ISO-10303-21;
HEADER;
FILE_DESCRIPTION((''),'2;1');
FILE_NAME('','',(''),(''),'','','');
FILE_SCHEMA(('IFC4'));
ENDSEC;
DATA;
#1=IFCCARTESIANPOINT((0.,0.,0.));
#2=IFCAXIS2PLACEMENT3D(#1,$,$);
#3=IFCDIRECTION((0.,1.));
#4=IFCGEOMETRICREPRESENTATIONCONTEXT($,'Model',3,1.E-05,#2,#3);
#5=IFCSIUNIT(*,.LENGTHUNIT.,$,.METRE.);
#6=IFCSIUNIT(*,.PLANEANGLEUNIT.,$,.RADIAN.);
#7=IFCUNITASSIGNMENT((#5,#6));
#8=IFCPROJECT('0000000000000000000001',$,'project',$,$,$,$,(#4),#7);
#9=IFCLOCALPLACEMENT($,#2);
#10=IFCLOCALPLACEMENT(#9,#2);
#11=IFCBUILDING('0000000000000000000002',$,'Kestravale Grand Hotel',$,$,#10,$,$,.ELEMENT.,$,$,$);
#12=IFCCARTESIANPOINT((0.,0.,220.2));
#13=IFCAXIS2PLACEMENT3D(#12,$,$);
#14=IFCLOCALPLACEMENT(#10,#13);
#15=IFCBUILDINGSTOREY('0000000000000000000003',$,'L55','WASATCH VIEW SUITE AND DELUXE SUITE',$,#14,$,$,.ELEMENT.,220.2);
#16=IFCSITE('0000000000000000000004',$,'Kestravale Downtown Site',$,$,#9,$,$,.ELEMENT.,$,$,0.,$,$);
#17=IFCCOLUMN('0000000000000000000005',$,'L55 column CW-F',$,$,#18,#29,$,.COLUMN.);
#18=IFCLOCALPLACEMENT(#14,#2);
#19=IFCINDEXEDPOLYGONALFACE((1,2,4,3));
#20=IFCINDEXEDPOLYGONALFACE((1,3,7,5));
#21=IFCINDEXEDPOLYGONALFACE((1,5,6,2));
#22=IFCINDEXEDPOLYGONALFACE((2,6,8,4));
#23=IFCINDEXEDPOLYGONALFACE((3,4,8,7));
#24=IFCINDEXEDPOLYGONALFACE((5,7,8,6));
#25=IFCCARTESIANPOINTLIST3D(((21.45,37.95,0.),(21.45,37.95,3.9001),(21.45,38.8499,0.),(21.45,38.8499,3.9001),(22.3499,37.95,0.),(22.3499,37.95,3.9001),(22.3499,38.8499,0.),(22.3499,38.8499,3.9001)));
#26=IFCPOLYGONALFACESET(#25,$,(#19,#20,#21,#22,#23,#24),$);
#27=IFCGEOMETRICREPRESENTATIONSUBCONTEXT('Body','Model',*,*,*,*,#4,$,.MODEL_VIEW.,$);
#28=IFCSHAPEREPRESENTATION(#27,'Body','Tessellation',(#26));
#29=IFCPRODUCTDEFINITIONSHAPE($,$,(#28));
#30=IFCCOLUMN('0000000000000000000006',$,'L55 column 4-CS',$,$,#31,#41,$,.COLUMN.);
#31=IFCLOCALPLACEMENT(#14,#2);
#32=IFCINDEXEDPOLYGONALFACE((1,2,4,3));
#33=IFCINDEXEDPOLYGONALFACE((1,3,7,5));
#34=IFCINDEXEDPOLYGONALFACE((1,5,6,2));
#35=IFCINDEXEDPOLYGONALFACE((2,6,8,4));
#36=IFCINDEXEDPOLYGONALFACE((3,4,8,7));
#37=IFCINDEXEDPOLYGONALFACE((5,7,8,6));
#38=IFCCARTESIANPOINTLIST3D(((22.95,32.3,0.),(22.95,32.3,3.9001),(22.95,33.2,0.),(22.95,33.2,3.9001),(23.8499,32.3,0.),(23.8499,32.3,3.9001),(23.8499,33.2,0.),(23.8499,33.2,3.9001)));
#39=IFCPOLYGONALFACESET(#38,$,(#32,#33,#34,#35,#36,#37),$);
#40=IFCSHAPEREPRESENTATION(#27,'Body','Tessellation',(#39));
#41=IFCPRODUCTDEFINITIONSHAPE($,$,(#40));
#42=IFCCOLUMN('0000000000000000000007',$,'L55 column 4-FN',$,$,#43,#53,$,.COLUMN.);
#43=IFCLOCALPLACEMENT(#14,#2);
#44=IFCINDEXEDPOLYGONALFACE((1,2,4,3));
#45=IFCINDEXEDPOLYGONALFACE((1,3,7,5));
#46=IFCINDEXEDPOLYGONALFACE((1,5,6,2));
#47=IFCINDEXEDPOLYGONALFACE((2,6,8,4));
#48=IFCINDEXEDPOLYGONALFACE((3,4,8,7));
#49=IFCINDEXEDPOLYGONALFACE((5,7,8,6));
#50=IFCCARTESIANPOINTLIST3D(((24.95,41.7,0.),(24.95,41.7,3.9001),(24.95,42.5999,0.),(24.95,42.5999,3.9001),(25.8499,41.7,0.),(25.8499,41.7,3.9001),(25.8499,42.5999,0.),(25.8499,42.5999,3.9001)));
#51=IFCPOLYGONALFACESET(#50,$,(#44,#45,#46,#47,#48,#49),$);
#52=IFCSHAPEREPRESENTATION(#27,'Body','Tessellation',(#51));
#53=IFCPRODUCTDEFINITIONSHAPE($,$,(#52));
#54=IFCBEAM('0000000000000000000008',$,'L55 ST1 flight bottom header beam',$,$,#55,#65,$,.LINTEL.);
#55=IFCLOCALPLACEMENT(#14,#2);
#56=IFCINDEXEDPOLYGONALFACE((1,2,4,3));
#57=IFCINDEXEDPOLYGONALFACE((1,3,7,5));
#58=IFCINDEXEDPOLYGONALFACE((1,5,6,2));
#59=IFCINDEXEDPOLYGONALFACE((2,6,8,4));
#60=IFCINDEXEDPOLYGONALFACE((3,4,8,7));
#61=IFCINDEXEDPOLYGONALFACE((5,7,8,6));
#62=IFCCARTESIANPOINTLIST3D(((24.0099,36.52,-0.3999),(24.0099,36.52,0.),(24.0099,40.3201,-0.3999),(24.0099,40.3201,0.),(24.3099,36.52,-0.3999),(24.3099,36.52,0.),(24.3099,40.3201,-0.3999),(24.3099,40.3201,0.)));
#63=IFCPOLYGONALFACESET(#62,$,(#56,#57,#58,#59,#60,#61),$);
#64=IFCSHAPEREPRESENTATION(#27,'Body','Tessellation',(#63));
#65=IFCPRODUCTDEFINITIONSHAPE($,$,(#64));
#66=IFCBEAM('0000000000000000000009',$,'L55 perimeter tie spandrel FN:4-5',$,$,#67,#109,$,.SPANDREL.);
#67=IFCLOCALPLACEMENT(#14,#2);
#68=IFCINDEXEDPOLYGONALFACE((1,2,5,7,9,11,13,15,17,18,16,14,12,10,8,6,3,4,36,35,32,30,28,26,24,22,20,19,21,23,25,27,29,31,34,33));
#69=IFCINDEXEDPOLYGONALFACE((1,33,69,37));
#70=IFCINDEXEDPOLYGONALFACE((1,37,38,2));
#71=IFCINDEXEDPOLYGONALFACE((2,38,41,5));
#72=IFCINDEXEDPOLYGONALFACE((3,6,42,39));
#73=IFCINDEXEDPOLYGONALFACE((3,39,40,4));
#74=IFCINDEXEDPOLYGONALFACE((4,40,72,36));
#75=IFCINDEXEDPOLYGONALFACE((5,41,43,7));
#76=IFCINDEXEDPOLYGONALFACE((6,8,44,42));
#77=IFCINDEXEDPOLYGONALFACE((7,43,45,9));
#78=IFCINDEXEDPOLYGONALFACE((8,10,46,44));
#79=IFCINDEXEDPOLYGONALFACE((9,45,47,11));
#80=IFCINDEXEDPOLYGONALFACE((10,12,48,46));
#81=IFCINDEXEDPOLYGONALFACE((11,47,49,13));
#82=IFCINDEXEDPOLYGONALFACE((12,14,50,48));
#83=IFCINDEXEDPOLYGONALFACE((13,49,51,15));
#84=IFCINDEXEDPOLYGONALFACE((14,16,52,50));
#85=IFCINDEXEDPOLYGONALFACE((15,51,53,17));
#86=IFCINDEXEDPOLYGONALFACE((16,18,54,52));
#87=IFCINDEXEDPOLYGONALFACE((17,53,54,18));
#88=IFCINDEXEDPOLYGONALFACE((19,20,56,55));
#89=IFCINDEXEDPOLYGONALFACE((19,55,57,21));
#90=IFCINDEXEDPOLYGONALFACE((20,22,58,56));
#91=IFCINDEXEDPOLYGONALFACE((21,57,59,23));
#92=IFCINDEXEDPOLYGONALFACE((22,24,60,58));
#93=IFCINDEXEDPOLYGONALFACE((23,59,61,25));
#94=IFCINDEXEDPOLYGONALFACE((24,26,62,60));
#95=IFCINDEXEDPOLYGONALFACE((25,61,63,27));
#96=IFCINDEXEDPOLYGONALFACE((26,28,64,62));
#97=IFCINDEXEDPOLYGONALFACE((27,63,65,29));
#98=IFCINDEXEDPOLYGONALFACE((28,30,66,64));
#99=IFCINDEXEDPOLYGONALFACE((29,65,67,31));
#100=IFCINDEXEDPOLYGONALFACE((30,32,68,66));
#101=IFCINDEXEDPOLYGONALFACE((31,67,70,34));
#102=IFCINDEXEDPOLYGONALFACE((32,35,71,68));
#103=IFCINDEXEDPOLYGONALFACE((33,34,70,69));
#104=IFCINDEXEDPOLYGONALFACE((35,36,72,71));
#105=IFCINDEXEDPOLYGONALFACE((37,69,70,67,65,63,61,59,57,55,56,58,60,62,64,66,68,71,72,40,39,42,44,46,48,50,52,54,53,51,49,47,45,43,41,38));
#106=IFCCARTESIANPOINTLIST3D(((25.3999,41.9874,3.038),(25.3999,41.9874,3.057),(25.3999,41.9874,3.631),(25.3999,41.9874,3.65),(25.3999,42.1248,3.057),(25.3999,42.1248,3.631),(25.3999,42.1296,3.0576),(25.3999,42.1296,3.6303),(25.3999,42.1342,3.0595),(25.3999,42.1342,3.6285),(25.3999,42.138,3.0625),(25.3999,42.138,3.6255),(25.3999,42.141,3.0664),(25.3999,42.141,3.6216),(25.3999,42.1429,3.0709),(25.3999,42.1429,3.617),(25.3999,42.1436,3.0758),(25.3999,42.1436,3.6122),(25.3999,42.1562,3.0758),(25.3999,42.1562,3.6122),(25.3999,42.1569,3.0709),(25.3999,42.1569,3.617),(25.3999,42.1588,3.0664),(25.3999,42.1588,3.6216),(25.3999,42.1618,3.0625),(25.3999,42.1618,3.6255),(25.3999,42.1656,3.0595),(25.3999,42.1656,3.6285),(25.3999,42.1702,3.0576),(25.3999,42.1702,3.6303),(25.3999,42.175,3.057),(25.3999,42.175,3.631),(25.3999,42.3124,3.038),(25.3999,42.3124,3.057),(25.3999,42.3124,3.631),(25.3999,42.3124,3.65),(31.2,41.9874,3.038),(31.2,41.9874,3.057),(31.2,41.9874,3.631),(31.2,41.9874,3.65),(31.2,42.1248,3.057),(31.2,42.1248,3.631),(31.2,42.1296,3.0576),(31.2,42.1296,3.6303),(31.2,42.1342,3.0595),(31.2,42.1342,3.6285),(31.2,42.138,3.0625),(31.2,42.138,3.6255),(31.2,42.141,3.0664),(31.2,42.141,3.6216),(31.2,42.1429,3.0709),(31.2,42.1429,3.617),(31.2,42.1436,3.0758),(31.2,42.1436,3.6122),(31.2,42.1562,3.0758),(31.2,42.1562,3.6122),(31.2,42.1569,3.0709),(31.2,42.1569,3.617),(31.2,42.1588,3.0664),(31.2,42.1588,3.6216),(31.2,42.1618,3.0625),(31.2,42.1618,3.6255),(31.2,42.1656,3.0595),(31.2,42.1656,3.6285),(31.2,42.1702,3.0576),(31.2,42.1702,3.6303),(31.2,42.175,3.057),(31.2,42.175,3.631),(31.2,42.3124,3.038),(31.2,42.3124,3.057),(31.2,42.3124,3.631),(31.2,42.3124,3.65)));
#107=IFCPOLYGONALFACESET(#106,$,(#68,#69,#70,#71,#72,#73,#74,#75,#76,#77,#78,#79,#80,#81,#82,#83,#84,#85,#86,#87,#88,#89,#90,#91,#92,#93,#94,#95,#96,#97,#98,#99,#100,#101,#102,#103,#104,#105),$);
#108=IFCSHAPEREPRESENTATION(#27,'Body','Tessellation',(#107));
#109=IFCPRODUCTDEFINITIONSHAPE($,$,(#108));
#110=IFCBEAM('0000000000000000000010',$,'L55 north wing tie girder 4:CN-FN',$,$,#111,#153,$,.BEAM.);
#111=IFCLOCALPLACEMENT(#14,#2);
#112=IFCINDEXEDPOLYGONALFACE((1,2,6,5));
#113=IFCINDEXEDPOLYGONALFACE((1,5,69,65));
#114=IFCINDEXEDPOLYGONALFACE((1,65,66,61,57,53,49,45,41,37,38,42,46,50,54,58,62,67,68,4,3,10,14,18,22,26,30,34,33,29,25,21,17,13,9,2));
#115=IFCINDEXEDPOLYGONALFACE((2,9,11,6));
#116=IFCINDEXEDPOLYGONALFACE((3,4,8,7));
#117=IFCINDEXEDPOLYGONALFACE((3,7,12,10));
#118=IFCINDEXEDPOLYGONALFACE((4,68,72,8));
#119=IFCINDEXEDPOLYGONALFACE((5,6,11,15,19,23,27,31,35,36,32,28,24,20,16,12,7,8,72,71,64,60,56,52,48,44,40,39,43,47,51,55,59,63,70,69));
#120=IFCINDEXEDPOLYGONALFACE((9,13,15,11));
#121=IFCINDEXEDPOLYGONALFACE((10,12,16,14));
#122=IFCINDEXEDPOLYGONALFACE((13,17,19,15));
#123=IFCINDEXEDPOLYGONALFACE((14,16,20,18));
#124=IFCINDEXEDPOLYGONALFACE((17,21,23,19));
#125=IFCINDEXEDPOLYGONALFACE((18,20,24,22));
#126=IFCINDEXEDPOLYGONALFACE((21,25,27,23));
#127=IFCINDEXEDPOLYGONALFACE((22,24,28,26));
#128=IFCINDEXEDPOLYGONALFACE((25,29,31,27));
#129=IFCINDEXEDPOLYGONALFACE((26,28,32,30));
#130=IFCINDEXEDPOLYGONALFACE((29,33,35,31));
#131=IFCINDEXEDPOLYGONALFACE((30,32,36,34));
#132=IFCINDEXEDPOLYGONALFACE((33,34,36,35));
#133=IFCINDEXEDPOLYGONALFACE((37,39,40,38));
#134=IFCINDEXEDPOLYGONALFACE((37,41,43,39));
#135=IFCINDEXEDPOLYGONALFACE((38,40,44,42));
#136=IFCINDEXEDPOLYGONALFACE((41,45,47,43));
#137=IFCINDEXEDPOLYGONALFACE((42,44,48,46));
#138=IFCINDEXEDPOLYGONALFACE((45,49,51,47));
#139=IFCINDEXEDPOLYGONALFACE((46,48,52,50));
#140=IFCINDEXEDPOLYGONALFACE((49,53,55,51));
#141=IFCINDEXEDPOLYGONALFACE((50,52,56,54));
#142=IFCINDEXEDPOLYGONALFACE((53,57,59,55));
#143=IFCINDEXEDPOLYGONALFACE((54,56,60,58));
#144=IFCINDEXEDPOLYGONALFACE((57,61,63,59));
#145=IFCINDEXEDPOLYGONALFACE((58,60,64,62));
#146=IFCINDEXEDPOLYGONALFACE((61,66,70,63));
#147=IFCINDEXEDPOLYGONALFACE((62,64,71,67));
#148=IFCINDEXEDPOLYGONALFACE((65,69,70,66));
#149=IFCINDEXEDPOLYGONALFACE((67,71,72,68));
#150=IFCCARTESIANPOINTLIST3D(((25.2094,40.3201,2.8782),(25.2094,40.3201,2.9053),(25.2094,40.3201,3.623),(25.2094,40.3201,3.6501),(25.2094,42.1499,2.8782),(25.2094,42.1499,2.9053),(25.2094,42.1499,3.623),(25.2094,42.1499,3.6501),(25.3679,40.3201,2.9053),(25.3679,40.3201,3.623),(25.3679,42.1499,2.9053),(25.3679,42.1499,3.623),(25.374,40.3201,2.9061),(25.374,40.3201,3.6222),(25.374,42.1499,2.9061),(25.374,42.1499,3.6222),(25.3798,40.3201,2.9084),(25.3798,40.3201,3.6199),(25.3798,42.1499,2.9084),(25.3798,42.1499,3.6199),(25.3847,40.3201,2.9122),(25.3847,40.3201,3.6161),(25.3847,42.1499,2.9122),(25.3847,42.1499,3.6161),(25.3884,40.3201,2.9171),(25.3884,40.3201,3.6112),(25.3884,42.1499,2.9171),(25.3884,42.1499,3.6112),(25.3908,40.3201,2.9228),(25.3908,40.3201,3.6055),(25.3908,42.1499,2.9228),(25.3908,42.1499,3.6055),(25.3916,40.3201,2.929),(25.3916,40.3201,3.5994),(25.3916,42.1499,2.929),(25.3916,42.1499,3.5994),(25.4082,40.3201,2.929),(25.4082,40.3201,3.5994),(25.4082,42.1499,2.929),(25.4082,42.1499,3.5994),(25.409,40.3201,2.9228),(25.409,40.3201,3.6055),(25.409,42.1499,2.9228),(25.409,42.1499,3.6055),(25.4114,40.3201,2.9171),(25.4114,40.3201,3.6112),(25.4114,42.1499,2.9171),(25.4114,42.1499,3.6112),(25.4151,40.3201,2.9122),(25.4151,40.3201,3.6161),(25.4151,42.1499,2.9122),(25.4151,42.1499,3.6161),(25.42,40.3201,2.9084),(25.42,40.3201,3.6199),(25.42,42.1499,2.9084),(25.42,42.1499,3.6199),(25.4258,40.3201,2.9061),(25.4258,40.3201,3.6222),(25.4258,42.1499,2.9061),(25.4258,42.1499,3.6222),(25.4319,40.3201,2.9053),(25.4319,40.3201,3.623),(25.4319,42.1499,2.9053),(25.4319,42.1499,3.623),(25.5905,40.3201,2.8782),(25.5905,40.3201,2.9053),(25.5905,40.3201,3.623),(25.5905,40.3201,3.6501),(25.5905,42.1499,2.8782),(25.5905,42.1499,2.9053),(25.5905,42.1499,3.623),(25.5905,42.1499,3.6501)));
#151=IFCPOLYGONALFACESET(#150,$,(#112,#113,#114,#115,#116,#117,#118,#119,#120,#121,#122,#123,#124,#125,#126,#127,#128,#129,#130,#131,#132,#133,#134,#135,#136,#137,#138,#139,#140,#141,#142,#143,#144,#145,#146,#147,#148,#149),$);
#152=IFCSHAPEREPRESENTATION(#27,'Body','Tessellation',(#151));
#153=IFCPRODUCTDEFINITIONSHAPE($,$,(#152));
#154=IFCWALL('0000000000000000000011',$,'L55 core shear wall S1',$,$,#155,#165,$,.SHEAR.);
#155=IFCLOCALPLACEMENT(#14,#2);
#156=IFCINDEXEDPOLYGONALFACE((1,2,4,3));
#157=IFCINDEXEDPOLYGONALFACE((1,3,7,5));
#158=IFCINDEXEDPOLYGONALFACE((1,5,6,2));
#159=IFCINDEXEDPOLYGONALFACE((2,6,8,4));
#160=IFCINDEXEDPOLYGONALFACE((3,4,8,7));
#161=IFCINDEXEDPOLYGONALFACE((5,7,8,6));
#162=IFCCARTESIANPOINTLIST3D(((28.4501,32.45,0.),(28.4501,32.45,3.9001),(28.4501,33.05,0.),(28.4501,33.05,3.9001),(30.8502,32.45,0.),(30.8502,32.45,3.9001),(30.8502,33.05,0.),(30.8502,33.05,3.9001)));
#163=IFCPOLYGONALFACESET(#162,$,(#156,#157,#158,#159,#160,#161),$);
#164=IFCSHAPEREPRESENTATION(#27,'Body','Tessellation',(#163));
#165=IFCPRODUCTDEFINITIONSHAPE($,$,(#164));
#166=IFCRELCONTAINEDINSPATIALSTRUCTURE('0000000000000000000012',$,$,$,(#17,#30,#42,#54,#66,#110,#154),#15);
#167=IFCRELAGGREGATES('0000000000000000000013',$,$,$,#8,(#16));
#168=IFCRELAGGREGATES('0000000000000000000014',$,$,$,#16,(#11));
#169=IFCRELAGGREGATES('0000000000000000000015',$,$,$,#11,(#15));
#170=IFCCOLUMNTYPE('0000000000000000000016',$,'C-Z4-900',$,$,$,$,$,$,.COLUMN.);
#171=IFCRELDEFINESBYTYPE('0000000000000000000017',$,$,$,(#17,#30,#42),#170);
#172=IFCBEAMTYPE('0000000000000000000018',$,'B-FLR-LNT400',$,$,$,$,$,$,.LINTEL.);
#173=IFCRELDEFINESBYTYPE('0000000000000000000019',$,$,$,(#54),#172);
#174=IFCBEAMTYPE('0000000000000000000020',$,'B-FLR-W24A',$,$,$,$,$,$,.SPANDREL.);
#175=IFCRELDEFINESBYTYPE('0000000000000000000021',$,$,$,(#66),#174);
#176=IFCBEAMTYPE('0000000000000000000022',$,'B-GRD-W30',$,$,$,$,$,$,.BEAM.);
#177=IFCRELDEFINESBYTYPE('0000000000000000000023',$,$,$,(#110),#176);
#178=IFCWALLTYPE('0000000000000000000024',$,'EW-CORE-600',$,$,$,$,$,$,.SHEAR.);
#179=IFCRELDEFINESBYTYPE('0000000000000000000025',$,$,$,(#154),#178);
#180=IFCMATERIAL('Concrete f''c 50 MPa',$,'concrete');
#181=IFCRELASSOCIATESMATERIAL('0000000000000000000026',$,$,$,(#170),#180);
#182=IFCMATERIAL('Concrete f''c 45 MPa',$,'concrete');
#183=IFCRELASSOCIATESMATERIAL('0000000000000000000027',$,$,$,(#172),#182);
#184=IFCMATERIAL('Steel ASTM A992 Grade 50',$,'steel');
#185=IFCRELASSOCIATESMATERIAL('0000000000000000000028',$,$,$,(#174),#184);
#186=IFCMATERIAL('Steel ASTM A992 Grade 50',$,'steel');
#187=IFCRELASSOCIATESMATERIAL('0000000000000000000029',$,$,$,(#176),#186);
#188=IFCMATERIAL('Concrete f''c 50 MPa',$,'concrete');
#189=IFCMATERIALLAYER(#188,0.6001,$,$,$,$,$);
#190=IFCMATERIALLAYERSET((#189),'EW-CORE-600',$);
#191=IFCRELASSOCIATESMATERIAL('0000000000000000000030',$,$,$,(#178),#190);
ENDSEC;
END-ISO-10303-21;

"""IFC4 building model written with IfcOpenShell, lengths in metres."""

from ifc_helpers import new_model, si_unit, direction, frame, frame_2d, origin, origin_2d, place, context, subcontext, project, spatial, rectangle, i_section, extrude, material, layer, layer_set, material_profile, profile_set, type_object, element, save


model = new_model("IFC4")

# Units and contexts
model_context = context("Model", 3, precision=1e-05, world=origin(), true_north=direction((0.0, 1.0)))
body_context = subcontext(model_context, "Body", "Model", "MODEL_VIEW")
ifc_project = project(units=[si_unit("LENGTHUNIT", "METRE"), si_unit("PLANEANGLEUNIT", "RADIAN")], contexts=[model_context])

# Site, building, storey
site_placement = place(None, origin())
site = spatial("IfcSite", under=ifc_project, at=site_placement, Name="Kestravale Downtown Site", CompositionType="ELEMENT", RefElevation=0.0)
building_placement = place(site_placement, origin())
building = spatial("IfcBuilding", under=site, at=building_placement, Name="Kestravale Grand Hotel", CompositionType="ELEMENT")
storey_placement = place(building_placement, frame((0.0, 0.0, 220.2)))
storey = spatial("IfcBuildingStorey", under=building, at=storey_placement, Name="L55", Description="WASATCH VIEW SUITE AND DELUXE SUITE", CompositionType="ELEMENT", Elevation=220.2)

# Columns
ifc_material_1 = material(Name="Concrete f'c 50 MPa", Category="concrete")
ifc_material_profile_1 = material_profile(ifc_material_1, rectangle(XDim=0.8999, YDim=0.8999, at=origin_2d()))
ifc_profile_set_1 = profile_set([ifc_material_profile_1], Name="Concrete f'c 50 MPa")
column_type = type_object("IfcColumnType", Name="C-Z4-900", PredefinedType="COLUMN", material=ifc_profile_set_1)
for number, where, z_axis, x_axis, name in (
    (1, (21.8999, 38.3999, 0.0), (0.0, 0.0, 1.0), (1.0, 0.0, 0.0), "L55 column CW-F"),
    (2, (23.3999, 32.75, 0.0), (0.0, 0.0, 1.0), (1.0, 0.0, 0.0), "L55 column 4-CS"),
    (3, (25.3999, 42.1499, 0.0), (0.0, 0.0, 1.0), (1.0, 0.0, 0.0), "L55 column 4-FN"),
):
    element("IfcColumn", number, at=place(storey_placement, frame(where, z_axis=z_axis, x_axis=x_axis)), inside=storey, type_object=column_type, Name=name, PredefinedType="COLUMN", context=body_context, shape_type="SweptSolid", body=[
        extrude(rectangle(XDim=0.8999, YDim=0.8999, at=origin_2d()), origin(), (0.0, 0.0, 1.0), 3.9001),
    ])

# Beams
ifc_material_2 = material(Name="Concrete f'c 45 MPa", Category="concrete")
ifc_material_profile_2 = material_profile(ifc_material_2, rectangle(XDim=0.3, YDim=0.3999, at=origin_2d()))
ifc_profile_set_2 = profile_set([ifc_material_profile_2], Name="Concrete f'c 45 MPa")
beam_type_1 = type_object("IfcBeamType", Name="B-FLR-LNT400", PredefinedType="LINTEL", material=ifc_profile_set_2)
beam_1_placement = place(storey_placement, frame((24.1599, 36.52, -0.2), z_axis=(0.0, 1.0, 0.0), x_axis=(-1.0, 0.0, 0.0)))
element("IfcBeam", 4, at=beam_1_placement, inside=storey, type_object=beam_type_1, Name="L55 ST1 flight bottom header beam", PredefinedType="LINTEL", context=body_context, shape_type="SweptSolid", body=[
    extrude(rectangle(XDim=0.3, YDim=0.3999, at=origin_2d()), origin(), (0.0, 0.0, 1.0), 3.8),
])
ifc_material_3 = material(Name="Steel ASTM A992 Grade 50", Category="steel")
ifc_material_profile_3 = material_profile(ifc_material_3, i_section(OverallWidth=0.325, OverallDepth=0.6121, WebThickness=0.0127, FlangeThickness=0.019, FilletRadius=0.0188, at=origin_2d()))
ifc_profile_set_3 = profile_set([ifc_material_profile_3], Name="Steel ASTM A992 Grade 50")
beam_type_2 = type_object("IfcBeamType", Name="B-FLR-W24A", PredefinedType="SPANDREL", material=ifc_profile_set_3)
beam_2_placement = place(storey_placement, frame((25.3999, 42.1499, 3.344), z_axis=(1.0, 0.0, 0.0), x_axis=(0.0, 1.0, 0.0)))
element("IfcBeam", 5, at=beam_2_placement, inside=storey, type_object=beam_type_2, Name="L55 perimeter tie spandrel FN:4-5", PredefinedType="SPANDREL", context=body_context, shape_type="SweptSolid", body=[
    extrude(i_section(OverallWidth=0.325, OverallDepth=0.6121, WebThickness=0.0127, FlangeThickness=0.019, FilletRadius=0.0188, at=origin_2d()), origin(), (0.0, 0.0, 1.0), 5.8),
])
ifc_material_4 = material(Name="Steel ASTM A992 Grade 50", Category="steel")
ifc_material_profile_4 = material_profile(ifc_material_4, i_section(OverallWidth=0.3811, OverallDepth=0.772, WebThickness=0.0166, FlangeThickness=0.0271, FilletRadius=0.0237, at=origin_2d()))
ifc_profile_set_4 = profile_set([ifc_material_profile_4], Name="Steel ASTM A992 Grade 50")
beam_type_3 = type_object("IfcBeamType", Name="B-GRD-W30", PredefinedType="BEAM", material=ifc_profile_set_4)
beam_3_placement = place(storey_placement, frame((25.3999, 40.3201, 3.2642), z_axis=(0.0, 1.0, 0.0), x_axis=(-1.0, 0.0, 0.0)))
element("IfcBeam", 6, at=beam_3_placement, inside=storey, type_object=beam_type_3, Name="L55 north wing tie girder 4:CN-FN", PredefinedType="BEAM", context=body_context, shape_type="SweptSolid", body=[
    extrude(i_section(OverallWidth=0.3811, OverallDepth=0.772, WebThickness=0.0166, FlangeThickness=0.0271, FilletRadius=0.0237, at=origin_2d()), origin(), (0.0, 0.0, 1.0), 1.8298),
])

# Wall
ifc_material_5 = material(Name="Concrete f'c 50 MPa", Category="concrete")
ifc_layer_1 = layer(ifc_material_5, 0.6001)
ifc_layer_set_1 = layer_set([ifc_layer_1], Name="EW-CORE-600")
wall_type_1 = type_object("IfcWallType", Name="EW-CORE-600", PredefinedType="SHEAR", material=ifc_layer_set_1)
wall_1_placement = place(storey_placement, frame((28.45, 32.75, 0.0), z_axis=(0.0, 0.0, 1.0), x_axis=(1.0, 0.0, 0.0)))
element("IfcWall", 7, at=wall_1_placement, inside=storey, type_object=wall_type_1, Name="L55 core shear wall S1", PredefinedType="SHEAR", context=body_context, shape_type="SweptSolid", body=[
    extrude(rectangle(XDim=2.4001, YDim=0.6001, at=frame_2d((1.2002, 0.0))), origin(), (0.0, 0.0, 1.0), 3.9001),
])

save(model, "model.ifc")
